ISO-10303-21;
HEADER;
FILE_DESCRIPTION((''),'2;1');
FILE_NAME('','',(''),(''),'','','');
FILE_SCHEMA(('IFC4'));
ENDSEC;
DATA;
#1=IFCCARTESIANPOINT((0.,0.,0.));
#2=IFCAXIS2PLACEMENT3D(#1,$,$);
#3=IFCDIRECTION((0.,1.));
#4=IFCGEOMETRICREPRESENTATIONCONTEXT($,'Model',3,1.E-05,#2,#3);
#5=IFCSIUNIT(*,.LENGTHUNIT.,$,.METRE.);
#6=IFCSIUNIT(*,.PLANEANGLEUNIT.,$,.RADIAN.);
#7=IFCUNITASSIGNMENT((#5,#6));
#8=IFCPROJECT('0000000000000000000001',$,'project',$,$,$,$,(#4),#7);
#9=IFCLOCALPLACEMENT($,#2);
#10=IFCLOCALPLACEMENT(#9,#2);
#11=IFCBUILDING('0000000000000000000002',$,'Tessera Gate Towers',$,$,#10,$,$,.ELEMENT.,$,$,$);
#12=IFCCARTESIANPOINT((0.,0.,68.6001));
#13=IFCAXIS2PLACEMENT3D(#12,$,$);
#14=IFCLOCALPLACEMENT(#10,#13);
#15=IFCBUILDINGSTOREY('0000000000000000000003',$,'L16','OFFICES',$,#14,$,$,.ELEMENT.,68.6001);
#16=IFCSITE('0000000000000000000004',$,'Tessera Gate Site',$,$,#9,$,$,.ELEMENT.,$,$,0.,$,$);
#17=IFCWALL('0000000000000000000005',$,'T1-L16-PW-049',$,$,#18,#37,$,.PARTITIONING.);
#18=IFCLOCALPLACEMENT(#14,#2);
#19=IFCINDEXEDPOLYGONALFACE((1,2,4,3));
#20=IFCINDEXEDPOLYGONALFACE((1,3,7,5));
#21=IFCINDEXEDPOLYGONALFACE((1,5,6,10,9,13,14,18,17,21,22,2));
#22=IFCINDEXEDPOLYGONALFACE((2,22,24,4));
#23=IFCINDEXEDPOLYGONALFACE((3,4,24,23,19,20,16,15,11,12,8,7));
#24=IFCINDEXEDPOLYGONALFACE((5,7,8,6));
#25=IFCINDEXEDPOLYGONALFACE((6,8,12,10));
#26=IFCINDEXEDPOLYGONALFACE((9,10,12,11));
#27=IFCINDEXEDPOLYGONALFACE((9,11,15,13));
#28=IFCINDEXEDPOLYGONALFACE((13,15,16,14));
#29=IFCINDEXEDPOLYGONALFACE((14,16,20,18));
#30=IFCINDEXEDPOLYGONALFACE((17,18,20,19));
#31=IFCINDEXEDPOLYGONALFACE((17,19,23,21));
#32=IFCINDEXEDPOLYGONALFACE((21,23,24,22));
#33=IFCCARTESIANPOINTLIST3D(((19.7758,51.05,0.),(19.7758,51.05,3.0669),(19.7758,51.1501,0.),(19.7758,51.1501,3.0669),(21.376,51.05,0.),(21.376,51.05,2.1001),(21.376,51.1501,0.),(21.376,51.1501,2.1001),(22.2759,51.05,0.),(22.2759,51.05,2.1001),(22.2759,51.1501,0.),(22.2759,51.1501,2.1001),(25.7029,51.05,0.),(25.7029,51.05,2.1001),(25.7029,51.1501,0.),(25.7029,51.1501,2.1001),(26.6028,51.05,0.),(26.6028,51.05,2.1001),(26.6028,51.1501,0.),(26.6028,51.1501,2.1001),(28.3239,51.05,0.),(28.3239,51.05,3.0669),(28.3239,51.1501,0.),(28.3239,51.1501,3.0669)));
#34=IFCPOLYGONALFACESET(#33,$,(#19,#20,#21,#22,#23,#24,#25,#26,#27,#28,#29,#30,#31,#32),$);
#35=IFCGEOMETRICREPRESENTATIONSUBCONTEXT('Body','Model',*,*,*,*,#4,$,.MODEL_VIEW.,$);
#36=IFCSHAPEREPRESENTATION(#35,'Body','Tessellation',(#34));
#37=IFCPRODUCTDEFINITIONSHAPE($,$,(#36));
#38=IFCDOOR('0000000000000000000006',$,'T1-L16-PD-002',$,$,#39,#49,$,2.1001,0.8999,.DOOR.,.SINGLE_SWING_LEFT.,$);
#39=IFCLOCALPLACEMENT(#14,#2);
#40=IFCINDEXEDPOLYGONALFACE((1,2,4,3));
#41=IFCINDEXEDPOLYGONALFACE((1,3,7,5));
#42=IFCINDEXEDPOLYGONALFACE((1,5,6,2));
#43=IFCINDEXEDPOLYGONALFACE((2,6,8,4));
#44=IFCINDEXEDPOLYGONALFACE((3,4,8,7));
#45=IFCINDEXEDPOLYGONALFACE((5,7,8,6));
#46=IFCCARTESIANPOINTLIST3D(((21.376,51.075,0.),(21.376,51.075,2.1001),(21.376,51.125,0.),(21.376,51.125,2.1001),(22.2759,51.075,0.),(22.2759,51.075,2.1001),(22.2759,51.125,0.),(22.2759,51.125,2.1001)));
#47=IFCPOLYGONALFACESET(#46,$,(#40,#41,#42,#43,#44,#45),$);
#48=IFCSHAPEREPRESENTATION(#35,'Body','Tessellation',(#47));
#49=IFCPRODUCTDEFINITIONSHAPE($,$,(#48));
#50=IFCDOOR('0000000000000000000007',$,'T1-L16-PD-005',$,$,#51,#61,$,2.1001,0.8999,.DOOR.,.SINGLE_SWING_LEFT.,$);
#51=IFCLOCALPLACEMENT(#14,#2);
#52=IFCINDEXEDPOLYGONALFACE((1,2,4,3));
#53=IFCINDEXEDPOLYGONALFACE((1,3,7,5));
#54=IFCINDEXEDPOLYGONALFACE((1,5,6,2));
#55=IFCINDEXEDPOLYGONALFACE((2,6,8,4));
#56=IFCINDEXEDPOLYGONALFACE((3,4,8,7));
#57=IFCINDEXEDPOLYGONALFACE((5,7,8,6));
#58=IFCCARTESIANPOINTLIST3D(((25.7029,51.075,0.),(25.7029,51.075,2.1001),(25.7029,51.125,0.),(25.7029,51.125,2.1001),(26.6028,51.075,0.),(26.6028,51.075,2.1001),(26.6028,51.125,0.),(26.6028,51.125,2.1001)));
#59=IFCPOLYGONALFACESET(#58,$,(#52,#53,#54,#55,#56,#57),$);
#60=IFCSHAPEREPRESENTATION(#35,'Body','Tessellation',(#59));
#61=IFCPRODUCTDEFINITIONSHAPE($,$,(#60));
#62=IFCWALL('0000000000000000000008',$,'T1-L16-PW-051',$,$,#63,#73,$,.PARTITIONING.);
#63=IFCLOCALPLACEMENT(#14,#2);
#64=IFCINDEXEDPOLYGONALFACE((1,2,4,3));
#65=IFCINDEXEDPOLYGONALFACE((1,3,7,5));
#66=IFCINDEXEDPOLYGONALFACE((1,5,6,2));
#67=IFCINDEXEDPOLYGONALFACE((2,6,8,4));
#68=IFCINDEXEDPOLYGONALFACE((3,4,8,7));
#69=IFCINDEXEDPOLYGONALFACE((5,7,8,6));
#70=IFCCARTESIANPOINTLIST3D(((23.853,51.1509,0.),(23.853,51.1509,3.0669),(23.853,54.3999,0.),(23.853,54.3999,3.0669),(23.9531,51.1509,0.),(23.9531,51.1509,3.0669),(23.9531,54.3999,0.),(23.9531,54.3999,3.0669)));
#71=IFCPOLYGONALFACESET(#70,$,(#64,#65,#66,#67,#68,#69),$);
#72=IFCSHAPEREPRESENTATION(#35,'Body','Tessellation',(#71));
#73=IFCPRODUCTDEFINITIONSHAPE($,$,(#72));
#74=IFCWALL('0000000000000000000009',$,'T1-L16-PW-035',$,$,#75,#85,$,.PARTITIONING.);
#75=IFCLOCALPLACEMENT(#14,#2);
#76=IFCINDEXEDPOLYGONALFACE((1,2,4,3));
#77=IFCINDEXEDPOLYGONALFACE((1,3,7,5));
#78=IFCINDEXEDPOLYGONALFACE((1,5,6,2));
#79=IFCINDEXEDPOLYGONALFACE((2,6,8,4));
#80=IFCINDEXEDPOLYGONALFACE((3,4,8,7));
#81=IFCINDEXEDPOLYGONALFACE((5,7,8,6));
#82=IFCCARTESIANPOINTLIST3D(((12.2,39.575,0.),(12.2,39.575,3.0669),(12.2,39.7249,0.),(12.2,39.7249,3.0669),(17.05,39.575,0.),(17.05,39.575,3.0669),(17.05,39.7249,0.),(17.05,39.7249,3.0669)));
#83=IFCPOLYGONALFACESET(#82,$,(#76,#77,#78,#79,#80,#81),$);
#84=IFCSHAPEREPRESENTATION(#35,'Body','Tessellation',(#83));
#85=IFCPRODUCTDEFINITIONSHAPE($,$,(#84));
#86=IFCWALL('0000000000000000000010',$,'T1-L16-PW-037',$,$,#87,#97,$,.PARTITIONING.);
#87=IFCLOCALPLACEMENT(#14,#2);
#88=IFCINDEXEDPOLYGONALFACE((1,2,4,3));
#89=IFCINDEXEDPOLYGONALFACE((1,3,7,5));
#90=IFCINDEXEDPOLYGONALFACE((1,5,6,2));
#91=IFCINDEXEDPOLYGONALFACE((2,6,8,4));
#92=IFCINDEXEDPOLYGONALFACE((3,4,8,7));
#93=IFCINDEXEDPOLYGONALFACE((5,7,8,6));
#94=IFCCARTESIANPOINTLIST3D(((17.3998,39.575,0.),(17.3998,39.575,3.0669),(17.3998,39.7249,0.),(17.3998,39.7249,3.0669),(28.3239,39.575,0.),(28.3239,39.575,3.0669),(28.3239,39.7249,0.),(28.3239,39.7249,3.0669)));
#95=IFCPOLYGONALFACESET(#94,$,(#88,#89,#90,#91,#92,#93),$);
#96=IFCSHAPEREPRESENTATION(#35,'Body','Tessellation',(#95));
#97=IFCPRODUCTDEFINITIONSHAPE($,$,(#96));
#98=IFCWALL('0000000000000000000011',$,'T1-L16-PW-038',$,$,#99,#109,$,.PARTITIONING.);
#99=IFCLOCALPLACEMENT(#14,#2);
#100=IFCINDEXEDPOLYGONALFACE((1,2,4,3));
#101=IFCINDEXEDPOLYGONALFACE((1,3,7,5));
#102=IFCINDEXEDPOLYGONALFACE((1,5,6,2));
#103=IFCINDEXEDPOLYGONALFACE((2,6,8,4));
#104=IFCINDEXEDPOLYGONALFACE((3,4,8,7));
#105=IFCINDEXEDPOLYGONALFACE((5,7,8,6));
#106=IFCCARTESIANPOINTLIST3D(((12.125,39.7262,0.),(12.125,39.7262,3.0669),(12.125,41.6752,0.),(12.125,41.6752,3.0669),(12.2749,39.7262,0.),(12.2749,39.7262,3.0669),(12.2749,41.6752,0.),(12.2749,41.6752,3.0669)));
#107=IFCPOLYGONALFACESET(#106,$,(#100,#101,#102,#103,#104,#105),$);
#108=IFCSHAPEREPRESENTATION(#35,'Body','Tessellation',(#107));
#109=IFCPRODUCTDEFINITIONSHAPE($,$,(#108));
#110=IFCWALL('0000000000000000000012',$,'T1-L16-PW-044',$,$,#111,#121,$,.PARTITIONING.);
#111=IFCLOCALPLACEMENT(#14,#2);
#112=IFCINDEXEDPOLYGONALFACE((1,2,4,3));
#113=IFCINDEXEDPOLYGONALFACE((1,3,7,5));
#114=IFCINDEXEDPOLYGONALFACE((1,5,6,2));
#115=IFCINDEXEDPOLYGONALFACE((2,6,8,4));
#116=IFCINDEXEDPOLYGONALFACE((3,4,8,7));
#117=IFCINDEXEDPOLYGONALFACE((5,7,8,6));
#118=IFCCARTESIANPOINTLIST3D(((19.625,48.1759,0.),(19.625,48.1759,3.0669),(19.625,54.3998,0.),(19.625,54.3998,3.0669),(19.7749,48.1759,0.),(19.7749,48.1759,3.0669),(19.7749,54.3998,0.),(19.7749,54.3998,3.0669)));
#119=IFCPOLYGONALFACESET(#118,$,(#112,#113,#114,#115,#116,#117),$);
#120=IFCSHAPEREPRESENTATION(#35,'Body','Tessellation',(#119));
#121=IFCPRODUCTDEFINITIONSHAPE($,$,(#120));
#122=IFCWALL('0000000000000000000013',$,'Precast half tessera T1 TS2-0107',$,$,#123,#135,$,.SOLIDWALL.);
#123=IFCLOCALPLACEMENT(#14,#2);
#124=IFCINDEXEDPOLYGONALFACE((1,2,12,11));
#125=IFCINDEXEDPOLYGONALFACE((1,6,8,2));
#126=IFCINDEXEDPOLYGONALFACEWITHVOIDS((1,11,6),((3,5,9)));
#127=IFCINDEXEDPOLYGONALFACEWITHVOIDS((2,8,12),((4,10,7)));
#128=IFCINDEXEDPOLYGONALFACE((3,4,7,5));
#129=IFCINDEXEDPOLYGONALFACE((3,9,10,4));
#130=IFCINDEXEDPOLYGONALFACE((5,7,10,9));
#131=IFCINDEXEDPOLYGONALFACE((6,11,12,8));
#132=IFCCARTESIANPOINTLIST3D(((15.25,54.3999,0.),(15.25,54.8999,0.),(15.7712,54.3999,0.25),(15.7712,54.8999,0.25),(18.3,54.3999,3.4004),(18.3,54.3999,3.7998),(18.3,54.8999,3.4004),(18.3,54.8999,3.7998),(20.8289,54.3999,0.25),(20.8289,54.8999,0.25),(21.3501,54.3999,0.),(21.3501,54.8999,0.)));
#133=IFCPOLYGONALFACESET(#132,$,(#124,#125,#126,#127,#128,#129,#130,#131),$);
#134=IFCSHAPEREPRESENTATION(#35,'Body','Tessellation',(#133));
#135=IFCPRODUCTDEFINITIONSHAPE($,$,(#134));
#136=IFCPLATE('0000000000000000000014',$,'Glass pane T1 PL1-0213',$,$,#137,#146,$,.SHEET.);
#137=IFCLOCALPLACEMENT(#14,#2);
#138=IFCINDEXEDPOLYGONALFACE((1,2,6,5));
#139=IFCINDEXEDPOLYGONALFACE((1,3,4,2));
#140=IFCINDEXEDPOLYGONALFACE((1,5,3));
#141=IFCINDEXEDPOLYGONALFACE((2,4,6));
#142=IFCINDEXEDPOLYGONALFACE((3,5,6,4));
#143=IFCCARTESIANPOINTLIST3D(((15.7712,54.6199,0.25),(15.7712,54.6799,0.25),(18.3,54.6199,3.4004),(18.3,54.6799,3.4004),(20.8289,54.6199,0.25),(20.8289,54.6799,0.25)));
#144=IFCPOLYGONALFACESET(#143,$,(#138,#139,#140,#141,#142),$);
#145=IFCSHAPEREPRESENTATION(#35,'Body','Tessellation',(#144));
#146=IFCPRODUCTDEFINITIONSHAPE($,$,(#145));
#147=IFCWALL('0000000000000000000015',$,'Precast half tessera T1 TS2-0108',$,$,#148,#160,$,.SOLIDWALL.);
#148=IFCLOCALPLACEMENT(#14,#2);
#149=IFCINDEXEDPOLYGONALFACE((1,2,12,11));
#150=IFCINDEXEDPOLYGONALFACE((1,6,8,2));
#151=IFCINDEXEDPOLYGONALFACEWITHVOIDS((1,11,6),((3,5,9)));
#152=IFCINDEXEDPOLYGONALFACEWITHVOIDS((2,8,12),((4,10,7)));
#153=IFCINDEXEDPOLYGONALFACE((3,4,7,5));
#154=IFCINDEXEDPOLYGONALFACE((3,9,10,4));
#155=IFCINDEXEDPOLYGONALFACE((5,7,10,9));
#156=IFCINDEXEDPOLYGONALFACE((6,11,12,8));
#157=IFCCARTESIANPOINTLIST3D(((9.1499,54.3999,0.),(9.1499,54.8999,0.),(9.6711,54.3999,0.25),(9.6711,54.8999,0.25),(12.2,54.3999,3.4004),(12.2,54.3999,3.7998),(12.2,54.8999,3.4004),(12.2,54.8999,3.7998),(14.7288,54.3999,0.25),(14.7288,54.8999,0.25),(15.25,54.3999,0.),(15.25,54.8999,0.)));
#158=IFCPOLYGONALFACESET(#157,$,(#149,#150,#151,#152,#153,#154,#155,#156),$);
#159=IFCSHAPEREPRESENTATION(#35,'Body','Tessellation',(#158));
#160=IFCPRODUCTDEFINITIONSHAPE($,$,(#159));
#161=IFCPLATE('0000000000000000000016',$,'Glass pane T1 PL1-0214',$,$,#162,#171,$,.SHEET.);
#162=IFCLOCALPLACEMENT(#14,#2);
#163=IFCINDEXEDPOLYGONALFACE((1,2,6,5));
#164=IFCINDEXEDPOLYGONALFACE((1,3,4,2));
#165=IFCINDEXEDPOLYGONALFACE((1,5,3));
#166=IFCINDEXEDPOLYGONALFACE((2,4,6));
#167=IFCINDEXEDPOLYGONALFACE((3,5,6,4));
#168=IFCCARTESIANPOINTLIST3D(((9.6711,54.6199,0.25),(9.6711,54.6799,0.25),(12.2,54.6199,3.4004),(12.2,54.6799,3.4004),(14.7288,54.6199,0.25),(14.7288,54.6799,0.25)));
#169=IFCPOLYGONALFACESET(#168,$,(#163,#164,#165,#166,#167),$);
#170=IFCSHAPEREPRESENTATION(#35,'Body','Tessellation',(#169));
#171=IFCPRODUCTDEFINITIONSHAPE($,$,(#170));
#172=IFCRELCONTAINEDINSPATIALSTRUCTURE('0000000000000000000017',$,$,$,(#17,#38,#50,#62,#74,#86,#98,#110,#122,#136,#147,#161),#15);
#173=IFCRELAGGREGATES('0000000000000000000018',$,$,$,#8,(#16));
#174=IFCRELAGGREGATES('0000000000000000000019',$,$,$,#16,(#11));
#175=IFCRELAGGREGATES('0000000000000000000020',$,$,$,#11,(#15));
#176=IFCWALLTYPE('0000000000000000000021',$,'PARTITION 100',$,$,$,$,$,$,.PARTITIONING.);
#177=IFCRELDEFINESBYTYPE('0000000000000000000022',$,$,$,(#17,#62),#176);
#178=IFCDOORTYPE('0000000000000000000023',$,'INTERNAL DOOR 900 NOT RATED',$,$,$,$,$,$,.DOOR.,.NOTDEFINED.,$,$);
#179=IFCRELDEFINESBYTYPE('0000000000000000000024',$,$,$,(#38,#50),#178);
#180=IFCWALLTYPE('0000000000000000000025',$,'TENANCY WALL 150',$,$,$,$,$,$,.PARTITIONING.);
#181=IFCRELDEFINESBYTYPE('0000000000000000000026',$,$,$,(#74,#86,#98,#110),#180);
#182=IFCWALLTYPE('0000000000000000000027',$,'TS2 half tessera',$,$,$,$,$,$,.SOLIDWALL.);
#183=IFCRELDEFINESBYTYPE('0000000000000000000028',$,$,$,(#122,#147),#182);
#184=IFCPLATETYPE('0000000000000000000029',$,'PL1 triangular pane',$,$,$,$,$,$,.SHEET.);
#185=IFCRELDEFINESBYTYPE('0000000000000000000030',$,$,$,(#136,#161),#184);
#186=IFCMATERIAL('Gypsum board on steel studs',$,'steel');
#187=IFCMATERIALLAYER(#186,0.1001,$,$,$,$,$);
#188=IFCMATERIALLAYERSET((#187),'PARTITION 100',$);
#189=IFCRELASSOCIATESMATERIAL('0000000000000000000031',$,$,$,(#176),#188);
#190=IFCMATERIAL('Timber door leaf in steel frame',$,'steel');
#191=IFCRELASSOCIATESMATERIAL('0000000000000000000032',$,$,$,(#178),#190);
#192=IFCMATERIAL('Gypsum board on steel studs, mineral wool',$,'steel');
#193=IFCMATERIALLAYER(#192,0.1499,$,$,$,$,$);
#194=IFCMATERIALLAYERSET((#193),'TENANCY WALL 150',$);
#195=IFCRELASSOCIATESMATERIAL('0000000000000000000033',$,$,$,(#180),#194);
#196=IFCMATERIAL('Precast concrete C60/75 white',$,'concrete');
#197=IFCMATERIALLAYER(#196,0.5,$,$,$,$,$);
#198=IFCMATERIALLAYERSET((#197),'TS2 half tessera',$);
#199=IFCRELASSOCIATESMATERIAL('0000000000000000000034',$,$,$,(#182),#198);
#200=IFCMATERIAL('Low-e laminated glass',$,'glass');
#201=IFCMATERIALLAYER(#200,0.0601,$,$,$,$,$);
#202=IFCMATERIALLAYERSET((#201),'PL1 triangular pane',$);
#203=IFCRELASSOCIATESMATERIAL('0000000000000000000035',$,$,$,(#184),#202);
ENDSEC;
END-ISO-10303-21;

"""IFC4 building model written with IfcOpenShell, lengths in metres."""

from ifc_helpers import new_model, si_unit, direction, frame, frame_2d, origin, place, context, subcontext, project, spatial, polyline, rectangle, outline, extrude, source, transform, mapped, material, layer, layer_set, type_object, element, fill, save


model = new_model("IFC4")

# Units and contexts
model_context = context("Model", 3, precision=1e-05, world=origin(), true_north=direction((0.0, 1.0)))
body_context = subcontext(model_context, "Body", "Model", "MODEL_VIEW")
ifc_project = project(units=[si_unit("LENGTHUNIT", "METRE"), si_unit("PLANEANGLEUNIT", "RADIAN")], contexts=[model_context])

# Site, building, storey
site_placement = place(None, origin())
site = spatial("IfcSite", under=ifc_project, at=site_placement, Name="Tessera Gate Site", CompositionType="ELEMENT", RefElevation=0.0)
building_placement = place(site_placement, origin())
building = spatial("IfcBuilding", under=site, at=building_placement, Name="Tessera Gate Towers", CompositionType="ELEMENT")
storey_placement = place(building_placement, frame((0.0, 0.0, 68.6001)))
storey = spatial("IfcBuildingStorey", under=building, at=storey_placement, Name="L16", Description="OFFICES", CompositionType="ELEMENT", Elevation=68.6001)

# Shared definitions
shared_shape_1 = source(origin(), body_context, "Body", "SweptSolid", [
    extrude(rectangle(XDim=0.8999, YDim=2.1001, at=frame_2d((0.45, 1.05))), frame((0.0, 0.0601, 0.0), z_axis=(0.0, -1.0, 0.0), x_axis=(1.0, 0.0, 0.0)), (0.0, 0.0, 1.0), 0.1201),
])
shared_shape_2 = source(origin(), body_context, "Body", "SweptSolid", [
    extrude(rectangle(XDim=0.8999, YDim=2.1001, at=frame_2d((0.45, 1.05))), frame((0.0, 0.0249, 0.0), z_axis=(0.0, -1.0, 0.0), x_axis=(1.0, 0.0, 0.0)), (0.0, 0.0, 1.0), 0.05),
])

# Shared definitions
ifc_material_1 = material(Name="Gypsum board on steel studs", Category="steel")
ifc_layer_1 = layer(ifc_material_1, 0.1001)
ifc_layer_set_1 = layer_set([ifc_layer_1], Name="PARTITION 100")
wall_type_1 = type_object("IfcWallType", Name="PARTITION 100", PredefinedType="PARTITIONING", material=ifc_layer_set_1)
ifc_material_2 = material(Name="Timber door leaf in steel frame", Category="steel")
door_type_1 = type_object("IfcDoorType", Name="INTERNAL DOOR 900 NOT RATED", OperationType="NOTDEFINED", PredefinedType="DOOR", material=ifc_material_2)

# Wall, openings, doors
wall_1_placement = place(storey_placement, frame((19.7759, 51.1001, 0.0), z_axis=(0.0, 0.0, 1.0), x_axis=(1.0, 0.0, 0.0)))
wall_1 = element("IfcWall", 1, at=wall_1_placement, inside=storey, type_object=wall_type_1, Name="T1-L16-PW-049", PredefinedType="PARTITIONING", context=body_context, shape_type="SweptSolid", body=[
    extrude(rectangle(XDim=8.5481, YDim=0.1001, at=frame_2d((4.2739, 0.0))), origin(), (0.0, 0.0, 1.0), 3.0669),
])
opening_1_placement = place(wall_1_placement, frame((1.6001, 0.0, 0.0)))
opening_1 = element("IfcOpeningElement", 2, at=opening_1_placement, cuts=wall_1, PredefinedType="OPENING", context=body_context, shape_type="MappedRepresentation", body=[
    mapped(shared_shape_1, transform((0.0, 0.0, 0.0), scale=1.0)),
])
opening_2_placement = place(wall_1_placement, frame((5.927, 0.0, 0.0)))
opening_2 = element("IfcOpeningElement", 3, at=opening_2_placement, cuts=wall_1, PredefinedType="OPENING", context=body_context, shape_type="MappedRepresentation", body=[
    mapped(shared_shape_1, transform((0.0, 0.0, 0.0), scale=1.0)),
])
door_1_placement = place(opening_1_placement, origin())
door_1 = element("IfcDoor", 4, at=door_1_placement, inside=storey, type_object=door_type_1, Name="T1-L16-PD-002", OperationType="SINGLE_SWING_LEFT", OverallHeight=2.1001, OverallWidth=0.8999, PredefinedType="DOOR", context=body_context, shape_type="MappedRepresentation", body=[
    mapped(shared_shape_2, transform((0.0, 0.0, 0.0), scale=1.0)),
])
fill(opening_1, door_1)
door_2_placement = place(opening_2_placement, origin())
door_2 = element("IfcDoor", 5, at=door_2_placement, inside=storey, type_object=door_type_1, Name="T1-L16-PD-005", OperationType="SINGLE_SWING_LEFT", OverallHeight=2.1001, OverallWidth=0.8999, PredefinedType="DOOR", context=body_context, shape_type="MappedRepresentation", body=[
    mapped(shared_shape_2, transform((0.0, 0.0, 0.0), scale=1.0)),
])
fill(opening_2, door_2)

# Walls
wall_2_placement = place(storey_placement, frame((23.9031, 51.1509, 0.0), z_axis=(0.0, 0.0, 1.0), x_axis=(0.0, 1.0, 0.0)))
element("IfcWall", 6, at=wall_2_placement, inside=storey, type_object=wall_type_1, Name="T1-L16-PW-051", PredefinedType="PARTITIONING", context=body_context, shape_type="SweptSolid", body=[
    extrude(rectangle(XDim=3.249, YDim=0.1001, at=frame_2d((1.6245, 0.0))), origin(), (0.0, 0.0, 1.0), 3.0669),
])
ifc_material_3 = material(Name="Gypsum board on steel studs, mineral wool", Category="steel")
ifc_layer_2 = layer(ifc_material_3, 0.1499)
ifc_layer_set_2 = layer_set([ifc_layer_2], Name="TENANCY WALL 150")
wall_type_2 = type_object("IfcWallType", Name="TENANCY WALL 150", PredefinedType="PARTITIONING", material=ifc_layer_set_2)
wall_3_placement = place(storey_placement, frame((12.2, 39.6499, 0.0), z_axis=(0.0, 0.0, 1.0), x_axis=(1.0, 0.0, 0.0)))
element("IfcWall", 7, at=wall_3_placement, inside=storey, type_object=wall_type_2, Name="T1-L16-PW-035", PredefinedType="PARTITIONING", context=body_context, shape_type="SweptSolid", body=[
    extrude(rectangle(XDim=4.8501, YDim=0.1499, at=frame_2d((2.425, 0.0))), origin(), (0.0, 0.0, 1.0), 3.0669),
])
wall_4_placement = place(storey_placement, frame((17.3999, 39.6499, 0.0), z_axis=(0.0, 0.0, 1.0), x_axis=(1.0, 0.0, 0.0)))
element("IfcWall", 8, at=wall_4_placement, inside=storey, type_object=wall_type_2, Name="T1-L16-PW-037", PredefinedType="PARTITIONING", context=body_context, shape_type="SweptSolid", body=[
    extrude(rectangle(XDim=10.9241, YDim=0.1499, at=frame_2d((5.4619, 0.0))), origin(), (0.0, 0.0, 1.0), 3.0669),
])
wall_5_placement = place(storey_placement, frame((12.2, 39.7261, 0.0), z_axis=(0.0, 0.0, 1.0), x_axis=(0.0, 1.0, 0.0)))
element("IfcWall", 9, at=wall_5_placement, inside=storey, type_object=wall_type_2, Name="T1-L16-PW-038", PredefinedType="PARTITIONING", context=body_context, shape_type="SweptSolid", body=[
    extrude(rectangle(XDim=1.949, YDim=0.1499, at=frame_2d((0.9746, 0.0))), origin(), (0.0, 0.0, 1.0), 3.0669),
])
wall_6_placement = place(storey_placement, frame((19.7, 48.176, 0.0), z_axis=(0.0, 0.0, 1.0), x_axis=(0.0, 1.0, 0.0)))
element("IfcWall", 10, at=wall_6_placement, inside=storey, type_object=wall_type_2, Name="T1-L16-PW-044", PredefinedType="PARTITIONING", context=body_context, shape_type="SweptSolid", body=[
    extrude(rectangle(XDim=6.2239, YDim=0.1499, at=frame_2d((3.1118, 0.0))), origin(), (0.0, 0.0, 1.0), 3.0669),
])

# Walls, openings, plates
ifc_material_4 = material(Name="Precast concrete C60/75 white", Category="concrete")
ifc_layer_3 = layer(ifc_material_4, 0.5)
ifc_layer_set_3 = layer_set([ifc_layer_3], Name="TS2 half tessera")
wall_type_3 = type_object("IfcWallType", Name="TS2 half tessera", PredefinedType="SOLIDWALL", material=ifc_layer_set_3)
shared_shape_3 = source(origin(), body_context, "Body", "SweptSolid", [
    extrude(outline(polyline([(6.1001, 0.0), (3.05, 3.7998), (0.0, 0.0), (6.1001, 0.0)])), frame((0.0, 0.25, 0.0), z_axis=(0.0, -1.0, 0.0), x_axis=(1.0, 0.0, 0.0)), (0.0, 0.0, 1.0), 0.5),
])
wall_7_placement = place(storey_placement, frame((21.3501, 54.6499, 0.0), z_axis=(0.0, 0.0, 1.0), x_axis=(-1.0, 0.0, 0.0)))
wall_7 = element("IfcWall", 11, at=wall_7_placement, inside=storey, type_object=wall_type_3, Name="Precast half tessera T1 TS2-0107", PredefinedType="SOLIDWALL", context=body_context, shape_type="MappedRepresentation", body=[
    mapped(shared_shape_3, transform((0.0, 0.0, 0.0), scale=1.0)),
])
shared_shape_4 = source(origin(), body_context, "Body", "SweptSolid", [
    extrude(outline(polyline([(5.5789, 0.25), (3.05, 3.4004), (0.5212, 0.25), (5.5789, 0.25)])), frame((0.0, 0.26, 0.0), z_axis=(0.0, -1.0, 0.0), x_axis=(1.0, 0.0, 0.0)), (0.0, 0.0, 1.0), 0.52),
])
opening_3_placement = place(wall_7_placement, origin())
opening_3 = element("IfcOpeningElement", 12, at=opening_3_placement, cuts=wall_7, PredefinedType="OPENING", context=body_context, shape_type="MappedRepresentation", body=[
    mapped(shared_shape_4, transform((0.0, 0.0, 0.0), scale=1.0)),
])
ifc_material_5 = material(Name="Low-e laminated glass", Category="glass")
ifc_layer_4 = layer(ifc_material_5, 0.0601)
ifc_layer_set_4 = layer_set([ifc_layer_4], Name="PL1 triangular pane")
plate_type = type_object("IfcPlateType", Name="PL1 triangular pane", PredefinedType="SHEET", material=ifc_layer_set_4)
shared_shape_5 = source(origin(), body_context, "Body", "SweptSolid", [
    extrude(outline(polyline([(5.5789, 0.25), (3.05, 3.4004), (0.5212, 0.25), (5.5789, 0.25)])), frame((0.0, 0.03, 0.0), z_axis=(0.0, -1.0, 0.0), x_axis=(1.0, 0.0, 0.0)), (0.0, 0.0, 1.0), 0.0601),
])
plate_1_placement = place(opening_3_placement, origin())
plate_1 = element("IfcPlate", 13, at=plate_1_placement, inside=storey, type_object=plate_type, Name="Glass pane T1 PL1-0213", PredefinedType="SHEET", context=body_context, shape_type="MappedRepresentation", body=[
    mapped(shared_shape_5, transform((0.0, 0.0, 0.0), scale=1.0)),
])
fill(opening_3, plate_1)
wall_8_placement = place(storey_placement, frame((15.25, 54.6499, 0.0), z_axis=(0.0, 0.0, 1.0), x_axis=(-1.0, 0.0, 0.0)))
wall_8 = element("IfcWall", 14, at=wall_8_placement, inside=storey, type_object=wall_type_3, Name="Precast half tessera T1 TS2-0108", PredefinedType="SOLIDWALL", context=body_context, shape_type="MappedRepresentation", body=[
    mapped(shared_shape_3, transform((0.0, 0.0, 0.0), scale=1.0)),
])
opening_4_placement = place(wall_8_placement, origin())
opening_4 = element("IfcOpeningElement", 15, at=opening_4_placement, cuts=wall_8, PredefinedType="OPENING", context=body_context, shape_type="MappedRepresentation", body=[
    mapped(shared_shape_4, transform((0.0, 0.0, 0.0), scale=1.0)),
])
plate_2_placement = place(opening_4_placement, origin())
plate_2 = element("IfcPlate", 16, at=plate_2_placement, inside=storey, type_object=plate_type, Name="Glass pane T1 PL1-0214", PredefinedType="SHEET", context=body_context, shape_type="MappedRepresentation", body=[
    mapped(shared_shape_5, transform((0.0, 0.0, 0.0), scale=1.0)),
])
fill(opening_4, plate_2)

save(model, "model.ifc")
